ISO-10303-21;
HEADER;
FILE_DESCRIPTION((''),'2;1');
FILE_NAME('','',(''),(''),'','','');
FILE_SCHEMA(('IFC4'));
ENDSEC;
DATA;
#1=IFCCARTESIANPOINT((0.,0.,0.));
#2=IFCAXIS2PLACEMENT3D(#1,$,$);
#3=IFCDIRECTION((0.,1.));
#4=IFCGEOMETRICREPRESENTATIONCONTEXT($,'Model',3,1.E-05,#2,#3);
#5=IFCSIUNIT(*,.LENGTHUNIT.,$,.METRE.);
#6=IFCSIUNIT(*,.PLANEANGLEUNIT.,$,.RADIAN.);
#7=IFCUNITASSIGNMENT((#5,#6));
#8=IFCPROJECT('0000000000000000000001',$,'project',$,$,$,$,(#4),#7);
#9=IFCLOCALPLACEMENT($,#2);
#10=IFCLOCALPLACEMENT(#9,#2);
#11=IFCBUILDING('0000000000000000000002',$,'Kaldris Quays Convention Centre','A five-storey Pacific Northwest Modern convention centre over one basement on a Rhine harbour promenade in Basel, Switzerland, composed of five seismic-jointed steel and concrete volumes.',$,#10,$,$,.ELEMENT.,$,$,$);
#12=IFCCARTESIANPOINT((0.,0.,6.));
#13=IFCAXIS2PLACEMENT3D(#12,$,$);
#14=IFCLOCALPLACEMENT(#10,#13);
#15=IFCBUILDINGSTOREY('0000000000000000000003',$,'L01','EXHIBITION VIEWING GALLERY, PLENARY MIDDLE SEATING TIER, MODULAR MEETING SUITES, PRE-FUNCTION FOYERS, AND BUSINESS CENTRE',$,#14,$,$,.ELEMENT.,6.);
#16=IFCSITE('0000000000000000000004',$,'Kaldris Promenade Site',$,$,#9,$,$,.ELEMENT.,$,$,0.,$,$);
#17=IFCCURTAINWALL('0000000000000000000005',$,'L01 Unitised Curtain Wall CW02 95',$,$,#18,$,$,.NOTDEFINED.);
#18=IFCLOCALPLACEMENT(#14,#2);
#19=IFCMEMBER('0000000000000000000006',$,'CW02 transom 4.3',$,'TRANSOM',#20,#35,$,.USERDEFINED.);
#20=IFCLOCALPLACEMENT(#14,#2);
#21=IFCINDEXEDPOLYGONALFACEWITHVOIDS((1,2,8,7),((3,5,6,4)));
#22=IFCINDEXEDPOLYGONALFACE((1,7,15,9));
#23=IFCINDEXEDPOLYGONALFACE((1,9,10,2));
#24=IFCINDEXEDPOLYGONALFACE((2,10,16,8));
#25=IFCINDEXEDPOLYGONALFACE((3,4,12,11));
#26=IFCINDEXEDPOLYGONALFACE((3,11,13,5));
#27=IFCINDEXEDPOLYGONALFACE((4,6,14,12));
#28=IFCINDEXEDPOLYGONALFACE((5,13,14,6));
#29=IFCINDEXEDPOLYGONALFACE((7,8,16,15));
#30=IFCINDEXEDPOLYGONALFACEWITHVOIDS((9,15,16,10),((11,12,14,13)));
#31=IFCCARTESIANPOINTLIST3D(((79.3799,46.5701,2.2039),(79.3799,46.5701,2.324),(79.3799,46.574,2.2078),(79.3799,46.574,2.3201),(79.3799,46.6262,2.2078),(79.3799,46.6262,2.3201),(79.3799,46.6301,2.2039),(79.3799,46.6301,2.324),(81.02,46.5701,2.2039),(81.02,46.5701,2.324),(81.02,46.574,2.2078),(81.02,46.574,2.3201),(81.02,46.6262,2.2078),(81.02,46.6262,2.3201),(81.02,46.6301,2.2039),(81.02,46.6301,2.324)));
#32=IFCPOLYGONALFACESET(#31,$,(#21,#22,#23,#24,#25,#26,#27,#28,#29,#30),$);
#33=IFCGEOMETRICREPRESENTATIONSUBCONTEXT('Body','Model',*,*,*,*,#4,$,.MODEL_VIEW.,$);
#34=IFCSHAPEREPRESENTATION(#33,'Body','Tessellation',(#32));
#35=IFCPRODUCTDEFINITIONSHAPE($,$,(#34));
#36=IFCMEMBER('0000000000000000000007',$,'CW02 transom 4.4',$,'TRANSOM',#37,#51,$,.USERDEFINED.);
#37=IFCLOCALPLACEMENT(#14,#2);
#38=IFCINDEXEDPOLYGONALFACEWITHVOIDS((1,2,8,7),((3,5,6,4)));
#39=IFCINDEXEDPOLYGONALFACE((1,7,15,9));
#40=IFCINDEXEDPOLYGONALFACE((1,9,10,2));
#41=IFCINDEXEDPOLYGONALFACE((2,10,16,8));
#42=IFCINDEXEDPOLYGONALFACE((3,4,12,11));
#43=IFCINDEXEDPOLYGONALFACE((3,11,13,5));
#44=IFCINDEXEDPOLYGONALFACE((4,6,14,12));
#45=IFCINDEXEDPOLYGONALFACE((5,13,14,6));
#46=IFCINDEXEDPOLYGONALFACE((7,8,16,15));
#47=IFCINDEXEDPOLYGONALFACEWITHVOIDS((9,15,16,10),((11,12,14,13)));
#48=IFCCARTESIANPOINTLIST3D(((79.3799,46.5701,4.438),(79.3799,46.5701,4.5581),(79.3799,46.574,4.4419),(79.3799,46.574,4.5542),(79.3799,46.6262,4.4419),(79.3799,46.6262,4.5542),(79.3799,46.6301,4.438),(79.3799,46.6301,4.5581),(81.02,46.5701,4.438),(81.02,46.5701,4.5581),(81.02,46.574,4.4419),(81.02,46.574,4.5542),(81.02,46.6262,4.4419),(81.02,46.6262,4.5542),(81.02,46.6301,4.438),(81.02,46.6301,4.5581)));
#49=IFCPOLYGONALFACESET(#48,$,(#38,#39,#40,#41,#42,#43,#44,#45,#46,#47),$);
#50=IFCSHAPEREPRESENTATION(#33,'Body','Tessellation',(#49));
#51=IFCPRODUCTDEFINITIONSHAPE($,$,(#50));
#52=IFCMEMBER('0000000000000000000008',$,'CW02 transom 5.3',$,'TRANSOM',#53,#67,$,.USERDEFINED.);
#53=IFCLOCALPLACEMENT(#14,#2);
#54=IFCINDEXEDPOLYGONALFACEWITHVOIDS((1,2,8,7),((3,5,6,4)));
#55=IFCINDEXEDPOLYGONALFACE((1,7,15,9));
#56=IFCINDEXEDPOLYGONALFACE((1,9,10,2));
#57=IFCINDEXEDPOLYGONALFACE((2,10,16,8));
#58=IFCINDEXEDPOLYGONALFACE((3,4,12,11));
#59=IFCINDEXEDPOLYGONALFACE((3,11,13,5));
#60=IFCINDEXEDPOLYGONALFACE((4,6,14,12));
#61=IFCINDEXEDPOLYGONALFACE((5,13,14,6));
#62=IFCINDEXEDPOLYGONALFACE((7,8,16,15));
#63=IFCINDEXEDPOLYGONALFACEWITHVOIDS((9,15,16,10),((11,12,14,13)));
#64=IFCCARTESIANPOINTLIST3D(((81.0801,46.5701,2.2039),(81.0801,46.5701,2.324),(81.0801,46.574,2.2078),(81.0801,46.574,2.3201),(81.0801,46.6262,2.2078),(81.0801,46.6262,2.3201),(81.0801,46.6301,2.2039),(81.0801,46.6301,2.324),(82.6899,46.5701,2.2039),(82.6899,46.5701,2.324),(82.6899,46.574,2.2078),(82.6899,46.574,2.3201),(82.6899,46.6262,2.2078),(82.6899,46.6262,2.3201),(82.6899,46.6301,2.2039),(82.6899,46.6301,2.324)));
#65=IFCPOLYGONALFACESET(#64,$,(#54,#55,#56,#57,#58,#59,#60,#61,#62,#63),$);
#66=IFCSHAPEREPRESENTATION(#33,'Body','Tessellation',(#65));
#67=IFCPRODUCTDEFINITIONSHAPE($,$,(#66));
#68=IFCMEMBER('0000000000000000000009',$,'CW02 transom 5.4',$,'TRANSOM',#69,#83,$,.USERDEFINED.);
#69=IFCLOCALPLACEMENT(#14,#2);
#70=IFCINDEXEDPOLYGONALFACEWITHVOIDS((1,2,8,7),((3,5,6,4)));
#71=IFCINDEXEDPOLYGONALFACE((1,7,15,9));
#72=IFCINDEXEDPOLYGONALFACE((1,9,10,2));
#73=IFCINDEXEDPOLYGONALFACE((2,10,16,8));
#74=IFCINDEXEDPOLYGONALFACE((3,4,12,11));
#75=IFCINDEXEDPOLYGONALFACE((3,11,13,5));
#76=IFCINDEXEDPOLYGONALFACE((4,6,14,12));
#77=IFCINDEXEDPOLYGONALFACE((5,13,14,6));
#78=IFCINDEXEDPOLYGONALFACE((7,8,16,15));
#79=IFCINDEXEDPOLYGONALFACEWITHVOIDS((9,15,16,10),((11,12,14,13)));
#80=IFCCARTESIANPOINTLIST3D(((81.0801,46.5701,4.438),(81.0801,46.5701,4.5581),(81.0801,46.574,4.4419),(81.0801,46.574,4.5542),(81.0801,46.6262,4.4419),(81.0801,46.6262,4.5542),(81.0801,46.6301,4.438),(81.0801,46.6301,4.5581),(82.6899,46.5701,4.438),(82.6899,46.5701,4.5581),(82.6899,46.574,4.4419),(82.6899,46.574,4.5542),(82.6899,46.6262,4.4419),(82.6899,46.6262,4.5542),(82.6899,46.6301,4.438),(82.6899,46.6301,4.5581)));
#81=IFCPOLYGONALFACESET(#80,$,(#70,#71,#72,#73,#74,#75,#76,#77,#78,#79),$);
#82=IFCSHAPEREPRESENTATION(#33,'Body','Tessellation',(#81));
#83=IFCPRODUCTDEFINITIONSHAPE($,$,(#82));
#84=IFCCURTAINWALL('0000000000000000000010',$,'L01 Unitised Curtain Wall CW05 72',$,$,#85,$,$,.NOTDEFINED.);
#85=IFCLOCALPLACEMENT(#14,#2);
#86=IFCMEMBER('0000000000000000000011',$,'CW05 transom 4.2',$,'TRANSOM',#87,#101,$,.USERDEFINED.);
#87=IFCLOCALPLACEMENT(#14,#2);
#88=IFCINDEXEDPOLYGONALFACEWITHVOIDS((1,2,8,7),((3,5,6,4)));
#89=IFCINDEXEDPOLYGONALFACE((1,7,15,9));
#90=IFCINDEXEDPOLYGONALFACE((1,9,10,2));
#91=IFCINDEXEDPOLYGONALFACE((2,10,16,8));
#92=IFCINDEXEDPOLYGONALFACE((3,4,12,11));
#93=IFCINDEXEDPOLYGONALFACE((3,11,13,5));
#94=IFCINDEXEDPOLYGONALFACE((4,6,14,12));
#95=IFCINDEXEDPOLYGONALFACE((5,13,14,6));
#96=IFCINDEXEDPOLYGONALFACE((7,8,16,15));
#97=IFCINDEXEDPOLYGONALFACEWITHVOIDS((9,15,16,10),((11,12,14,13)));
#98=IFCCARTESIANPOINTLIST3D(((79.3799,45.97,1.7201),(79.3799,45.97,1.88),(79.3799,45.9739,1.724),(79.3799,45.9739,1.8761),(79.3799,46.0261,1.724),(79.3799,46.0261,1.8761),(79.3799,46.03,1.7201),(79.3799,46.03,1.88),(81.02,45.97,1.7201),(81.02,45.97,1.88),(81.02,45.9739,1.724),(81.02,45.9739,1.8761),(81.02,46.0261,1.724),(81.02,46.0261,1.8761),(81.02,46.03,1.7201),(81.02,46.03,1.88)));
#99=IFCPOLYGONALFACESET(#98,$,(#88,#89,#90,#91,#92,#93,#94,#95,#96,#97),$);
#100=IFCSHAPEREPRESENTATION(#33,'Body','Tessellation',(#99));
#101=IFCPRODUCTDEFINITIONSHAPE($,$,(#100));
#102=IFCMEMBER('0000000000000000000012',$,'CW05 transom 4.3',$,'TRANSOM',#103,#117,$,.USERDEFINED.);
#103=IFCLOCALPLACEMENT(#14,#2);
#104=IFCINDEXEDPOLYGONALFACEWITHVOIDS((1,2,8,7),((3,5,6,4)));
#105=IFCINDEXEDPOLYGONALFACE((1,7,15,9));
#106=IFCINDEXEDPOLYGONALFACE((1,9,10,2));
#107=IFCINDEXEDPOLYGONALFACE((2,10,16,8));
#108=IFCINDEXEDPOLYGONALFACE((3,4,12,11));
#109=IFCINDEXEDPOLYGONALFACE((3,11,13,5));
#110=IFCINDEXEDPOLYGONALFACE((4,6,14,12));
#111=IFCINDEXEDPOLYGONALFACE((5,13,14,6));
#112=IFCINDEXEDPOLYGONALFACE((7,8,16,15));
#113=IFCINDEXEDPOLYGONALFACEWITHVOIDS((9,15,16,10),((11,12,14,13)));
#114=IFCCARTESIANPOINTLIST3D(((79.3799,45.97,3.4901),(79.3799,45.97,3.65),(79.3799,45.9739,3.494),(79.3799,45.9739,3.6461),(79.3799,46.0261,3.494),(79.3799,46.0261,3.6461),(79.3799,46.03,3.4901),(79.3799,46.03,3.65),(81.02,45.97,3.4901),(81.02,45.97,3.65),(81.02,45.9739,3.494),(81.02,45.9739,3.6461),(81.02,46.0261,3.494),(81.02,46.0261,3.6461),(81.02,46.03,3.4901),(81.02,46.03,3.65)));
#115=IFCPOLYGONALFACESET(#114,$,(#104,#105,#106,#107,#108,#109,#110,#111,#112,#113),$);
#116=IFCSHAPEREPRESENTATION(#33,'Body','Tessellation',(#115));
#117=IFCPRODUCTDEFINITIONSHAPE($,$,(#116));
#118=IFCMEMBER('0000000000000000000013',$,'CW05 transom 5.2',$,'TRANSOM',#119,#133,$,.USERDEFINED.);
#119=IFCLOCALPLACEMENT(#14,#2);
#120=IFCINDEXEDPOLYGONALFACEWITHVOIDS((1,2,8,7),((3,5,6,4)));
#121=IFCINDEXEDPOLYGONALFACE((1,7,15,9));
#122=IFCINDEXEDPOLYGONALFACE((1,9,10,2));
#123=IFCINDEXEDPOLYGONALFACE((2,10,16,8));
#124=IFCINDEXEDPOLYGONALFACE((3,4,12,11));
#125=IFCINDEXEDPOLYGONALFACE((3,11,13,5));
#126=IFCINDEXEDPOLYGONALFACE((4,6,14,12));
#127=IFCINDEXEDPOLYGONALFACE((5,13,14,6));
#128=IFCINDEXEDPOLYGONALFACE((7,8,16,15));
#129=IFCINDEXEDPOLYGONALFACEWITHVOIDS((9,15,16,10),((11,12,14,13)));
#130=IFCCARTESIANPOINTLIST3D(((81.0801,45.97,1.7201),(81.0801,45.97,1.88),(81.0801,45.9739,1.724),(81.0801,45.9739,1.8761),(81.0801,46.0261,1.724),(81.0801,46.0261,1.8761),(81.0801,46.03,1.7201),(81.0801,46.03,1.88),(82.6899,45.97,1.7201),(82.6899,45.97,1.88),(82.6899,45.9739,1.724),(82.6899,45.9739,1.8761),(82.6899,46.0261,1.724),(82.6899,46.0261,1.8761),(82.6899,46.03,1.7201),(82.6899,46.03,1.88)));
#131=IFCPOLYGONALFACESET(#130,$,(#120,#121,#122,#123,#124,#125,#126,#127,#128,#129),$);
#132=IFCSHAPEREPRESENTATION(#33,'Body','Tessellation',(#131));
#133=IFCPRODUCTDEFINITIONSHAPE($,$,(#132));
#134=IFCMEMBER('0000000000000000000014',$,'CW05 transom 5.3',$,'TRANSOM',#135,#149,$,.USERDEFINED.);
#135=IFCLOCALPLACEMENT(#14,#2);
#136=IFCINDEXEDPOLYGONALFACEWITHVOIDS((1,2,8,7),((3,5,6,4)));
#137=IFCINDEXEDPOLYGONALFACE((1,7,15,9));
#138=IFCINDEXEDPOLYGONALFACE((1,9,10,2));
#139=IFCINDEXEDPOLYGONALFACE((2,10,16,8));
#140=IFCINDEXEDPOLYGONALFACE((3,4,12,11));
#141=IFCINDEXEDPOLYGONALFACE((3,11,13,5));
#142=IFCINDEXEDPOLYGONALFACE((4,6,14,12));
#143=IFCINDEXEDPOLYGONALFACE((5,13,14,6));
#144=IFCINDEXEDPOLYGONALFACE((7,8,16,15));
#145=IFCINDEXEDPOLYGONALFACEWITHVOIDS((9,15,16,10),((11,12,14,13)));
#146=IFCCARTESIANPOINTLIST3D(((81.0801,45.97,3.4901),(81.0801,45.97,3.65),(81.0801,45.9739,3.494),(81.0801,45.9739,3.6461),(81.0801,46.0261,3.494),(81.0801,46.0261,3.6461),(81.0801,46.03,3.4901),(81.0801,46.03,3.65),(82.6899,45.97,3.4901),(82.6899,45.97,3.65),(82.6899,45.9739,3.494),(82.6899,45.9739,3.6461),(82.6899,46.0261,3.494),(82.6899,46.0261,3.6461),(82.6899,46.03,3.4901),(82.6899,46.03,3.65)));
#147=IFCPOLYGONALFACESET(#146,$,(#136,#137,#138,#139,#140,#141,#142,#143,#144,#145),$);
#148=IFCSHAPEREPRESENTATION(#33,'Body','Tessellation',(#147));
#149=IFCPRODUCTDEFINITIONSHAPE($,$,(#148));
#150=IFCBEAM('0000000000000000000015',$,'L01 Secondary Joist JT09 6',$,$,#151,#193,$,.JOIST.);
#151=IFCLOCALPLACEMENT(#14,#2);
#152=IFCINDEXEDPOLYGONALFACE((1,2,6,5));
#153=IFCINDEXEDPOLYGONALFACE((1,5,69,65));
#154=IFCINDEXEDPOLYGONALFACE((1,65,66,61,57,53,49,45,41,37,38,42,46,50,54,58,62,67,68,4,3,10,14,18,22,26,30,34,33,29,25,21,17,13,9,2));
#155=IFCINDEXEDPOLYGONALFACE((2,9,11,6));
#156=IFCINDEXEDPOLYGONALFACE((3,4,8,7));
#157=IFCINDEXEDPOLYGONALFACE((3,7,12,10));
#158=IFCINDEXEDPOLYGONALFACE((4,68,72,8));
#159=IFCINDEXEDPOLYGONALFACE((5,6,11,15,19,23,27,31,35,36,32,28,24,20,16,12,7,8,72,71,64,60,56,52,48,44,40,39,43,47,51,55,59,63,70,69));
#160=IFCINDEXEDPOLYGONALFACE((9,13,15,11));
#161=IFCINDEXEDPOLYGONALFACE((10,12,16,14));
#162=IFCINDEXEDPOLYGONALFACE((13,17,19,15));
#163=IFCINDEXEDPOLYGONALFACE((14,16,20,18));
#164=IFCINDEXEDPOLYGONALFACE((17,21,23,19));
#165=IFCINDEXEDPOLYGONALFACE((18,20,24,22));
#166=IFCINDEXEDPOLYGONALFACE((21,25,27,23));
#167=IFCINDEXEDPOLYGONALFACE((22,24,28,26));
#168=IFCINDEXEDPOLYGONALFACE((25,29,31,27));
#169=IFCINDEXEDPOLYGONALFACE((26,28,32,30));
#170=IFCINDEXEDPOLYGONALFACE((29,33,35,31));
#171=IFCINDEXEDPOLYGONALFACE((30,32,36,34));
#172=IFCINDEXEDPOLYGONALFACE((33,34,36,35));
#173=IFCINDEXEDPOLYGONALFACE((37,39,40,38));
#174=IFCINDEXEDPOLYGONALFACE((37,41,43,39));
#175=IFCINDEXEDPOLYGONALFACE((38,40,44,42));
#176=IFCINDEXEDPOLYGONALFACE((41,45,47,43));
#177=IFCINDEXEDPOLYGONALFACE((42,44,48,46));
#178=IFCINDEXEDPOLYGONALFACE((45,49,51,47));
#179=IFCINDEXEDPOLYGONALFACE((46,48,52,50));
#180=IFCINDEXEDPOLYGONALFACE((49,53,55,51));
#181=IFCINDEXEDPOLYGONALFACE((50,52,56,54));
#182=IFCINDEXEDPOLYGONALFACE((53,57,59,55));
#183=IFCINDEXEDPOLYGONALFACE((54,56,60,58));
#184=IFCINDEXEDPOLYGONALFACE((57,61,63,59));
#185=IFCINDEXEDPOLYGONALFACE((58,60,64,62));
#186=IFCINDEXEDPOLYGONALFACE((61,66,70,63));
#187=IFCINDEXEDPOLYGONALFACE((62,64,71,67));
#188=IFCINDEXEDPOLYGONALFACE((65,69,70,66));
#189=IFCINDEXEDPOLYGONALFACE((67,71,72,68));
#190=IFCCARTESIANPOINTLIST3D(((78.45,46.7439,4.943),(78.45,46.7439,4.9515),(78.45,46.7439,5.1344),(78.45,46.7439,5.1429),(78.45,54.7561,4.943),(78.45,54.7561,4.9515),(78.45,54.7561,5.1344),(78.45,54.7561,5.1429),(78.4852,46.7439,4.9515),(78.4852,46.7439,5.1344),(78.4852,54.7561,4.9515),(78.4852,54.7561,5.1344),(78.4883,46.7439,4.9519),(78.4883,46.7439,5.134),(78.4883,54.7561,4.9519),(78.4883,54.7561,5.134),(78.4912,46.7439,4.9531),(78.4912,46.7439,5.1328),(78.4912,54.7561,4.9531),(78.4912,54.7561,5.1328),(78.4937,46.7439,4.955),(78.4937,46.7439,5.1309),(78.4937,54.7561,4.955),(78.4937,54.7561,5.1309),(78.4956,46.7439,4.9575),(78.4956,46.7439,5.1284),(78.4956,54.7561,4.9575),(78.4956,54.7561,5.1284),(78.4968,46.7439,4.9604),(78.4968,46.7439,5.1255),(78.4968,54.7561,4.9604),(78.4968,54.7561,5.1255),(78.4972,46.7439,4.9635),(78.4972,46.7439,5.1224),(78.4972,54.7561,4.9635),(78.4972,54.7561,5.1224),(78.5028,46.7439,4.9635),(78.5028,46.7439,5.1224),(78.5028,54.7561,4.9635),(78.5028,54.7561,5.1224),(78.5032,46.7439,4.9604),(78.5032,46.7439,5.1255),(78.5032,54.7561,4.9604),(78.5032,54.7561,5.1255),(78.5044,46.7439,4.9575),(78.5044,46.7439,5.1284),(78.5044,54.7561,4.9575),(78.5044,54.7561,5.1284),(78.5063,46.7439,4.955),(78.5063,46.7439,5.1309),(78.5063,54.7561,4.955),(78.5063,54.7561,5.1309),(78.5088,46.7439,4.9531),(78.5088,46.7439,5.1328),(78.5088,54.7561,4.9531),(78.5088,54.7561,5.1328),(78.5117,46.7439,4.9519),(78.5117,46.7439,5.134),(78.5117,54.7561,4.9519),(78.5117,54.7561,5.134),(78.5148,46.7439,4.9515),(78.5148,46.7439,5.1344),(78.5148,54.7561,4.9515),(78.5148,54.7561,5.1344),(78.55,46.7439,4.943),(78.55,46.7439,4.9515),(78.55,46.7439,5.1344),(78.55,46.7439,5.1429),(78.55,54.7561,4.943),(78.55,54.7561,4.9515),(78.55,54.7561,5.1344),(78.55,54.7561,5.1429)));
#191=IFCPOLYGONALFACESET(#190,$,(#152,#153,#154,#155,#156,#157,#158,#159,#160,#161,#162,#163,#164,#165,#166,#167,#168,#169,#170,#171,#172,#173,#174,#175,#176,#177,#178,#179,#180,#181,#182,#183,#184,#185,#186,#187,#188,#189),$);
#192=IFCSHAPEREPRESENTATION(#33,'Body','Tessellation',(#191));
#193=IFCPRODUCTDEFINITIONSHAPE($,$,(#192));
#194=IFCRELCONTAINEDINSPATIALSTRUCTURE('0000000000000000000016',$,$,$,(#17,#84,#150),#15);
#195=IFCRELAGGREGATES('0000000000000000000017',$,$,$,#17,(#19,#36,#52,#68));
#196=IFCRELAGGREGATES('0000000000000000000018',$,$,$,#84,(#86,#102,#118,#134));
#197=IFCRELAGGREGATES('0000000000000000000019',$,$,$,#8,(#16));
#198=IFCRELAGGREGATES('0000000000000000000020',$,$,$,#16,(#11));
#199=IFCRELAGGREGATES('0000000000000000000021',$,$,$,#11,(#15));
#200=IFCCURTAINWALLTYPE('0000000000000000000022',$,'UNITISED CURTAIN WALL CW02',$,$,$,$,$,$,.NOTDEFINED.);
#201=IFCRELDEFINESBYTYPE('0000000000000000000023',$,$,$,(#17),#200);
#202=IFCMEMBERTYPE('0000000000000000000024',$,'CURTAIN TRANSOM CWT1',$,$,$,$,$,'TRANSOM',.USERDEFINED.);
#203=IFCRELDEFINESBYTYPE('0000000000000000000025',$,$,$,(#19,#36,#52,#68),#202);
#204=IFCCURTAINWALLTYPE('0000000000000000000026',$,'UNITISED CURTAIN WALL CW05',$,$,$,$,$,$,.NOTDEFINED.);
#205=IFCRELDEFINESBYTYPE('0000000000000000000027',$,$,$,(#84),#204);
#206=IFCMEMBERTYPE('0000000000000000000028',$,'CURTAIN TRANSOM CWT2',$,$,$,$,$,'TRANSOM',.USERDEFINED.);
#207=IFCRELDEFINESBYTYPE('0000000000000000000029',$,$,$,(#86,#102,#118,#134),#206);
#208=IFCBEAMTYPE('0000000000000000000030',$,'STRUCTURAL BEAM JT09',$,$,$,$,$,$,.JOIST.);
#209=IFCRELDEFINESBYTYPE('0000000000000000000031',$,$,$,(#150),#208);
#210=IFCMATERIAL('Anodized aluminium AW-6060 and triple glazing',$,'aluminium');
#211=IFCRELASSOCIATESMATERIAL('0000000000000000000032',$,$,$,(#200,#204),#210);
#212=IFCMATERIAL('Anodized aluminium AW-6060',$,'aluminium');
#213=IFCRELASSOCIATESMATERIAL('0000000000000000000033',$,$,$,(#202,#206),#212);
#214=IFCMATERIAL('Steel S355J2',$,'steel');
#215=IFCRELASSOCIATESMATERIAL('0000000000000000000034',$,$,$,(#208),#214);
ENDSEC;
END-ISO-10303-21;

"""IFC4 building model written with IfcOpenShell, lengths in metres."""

from ifc_helpers import new_model, si_unit, direction, frame, origin, origin_2d, place, context, subcontext, project, spatial, hollow_rectangle, i_section, extrude, material, material_profile, profile_set, type_object, element, aggregate, save


model = new_model("IFC4")

# Units and contexts
model_context = context("Model", 3, precision=1e-05, world=origin(), true_north=direction((0.0, 1.0)))
body_context = subcontext(model_context, "Body", "Model", "MODEL_VIEW")
ifc_project = project(units=[si_unit("LENGTHUNIT", "METRE"), si_unit("PLANEANGLEUNIT", "RADIAN")], contexts=[model_context])

# Site, building, storey
site_placement = place(None, origin())
site = spatial("IfcSite", under=ifc_project, at=site_placement, Name="Kaldris Promenade Site", CompositionType="ELEMENT", RefElevation=0.0)
building_placement = place(site_placement, origin())
building = spatial("IfcBuilding", under=site, at=building_placement, Name="Kaldris Quays Convention Centre", Description="A five-storey Pacific Northwest Modern convention centre over one basement on a Rhine harbour promenade in Basel, Switzerland, composed of five seismic-jointed steel and concrete volumes.", CompositionType="ELEMENT")
storey_placement = place(building_placement, frame((0.0, 0.0, 6.0)))
storey = spatial("IfcBuildingStorey", under=building, at=storey_placement, Name="L01", Description="EXHIBITION VIEWING GALLERY, PLENARY MIDDLE SEATING TIER, MODULAR MEETING SUITES, PRE-FUNCTION FOYERS, AND BUSINESS CENTRE", CompositionType="ELEMENT", Elevation=6.0)

# Curtain walls, members
ifc_material_1 = material(Name="Anodized aluminium AW-6060 and triple glazing", Category="aluminium")
curtain_wall_type_1 = type_object("IfcCurtainWallType", Name="UNITISED CURTAIN WALL CW02", PredefinedType="NOTDEFINED", material=ifc_material_1)
curtain_wall_1_placement = place(storey_placement, origin())
curtain_wall_1 = element("IfcCurtainWall", 1, at=curtain_wall_1_placement, inside=storey, type_object=curtain_wall_type_1, Name="L01 Unitised Curtain Wall CW02 95", PredefinedType="NOTDEFINED")
ifc_material_2 = material(Name="Anodized aluminium AW-6060", Category="aluminium")
ifc_material_profile_1 = material_profile(ifc_material_2, hollow_rectangle(XDim=0.0601, YDim=0.1201, WallThickness=0.0039, at=origin_2d()), Name="RHS 120x60x4")
ifc_profile_set_1 = profile_set([ifc_material_profile_1], Name="Anodized aluminium AW-6060")
member_type_1 = type_object("IfcMemberType", Name="CURTAIN TRANSOM CWT1", ElementType="TRANSOM", PredefinedType="USERDEFINED", material=ifc_profile_set_1)
member_1_placement = place(storey_placement, frame((79.3799, 46.6001, 2.2639), z_axis=(1.0, 0.0, 0.0), x_axis=(0.0, 1.0, 0.0)))
member_1 = element("IfcMember", 2, at=member_1_placement, type_object=member_type_1, Name="CW02 transom 4.3", ObjectType="TRANSOM", PredefinedType="USERDEFINED", context=body_context, shape_type="SweptSolid", body=[
    extrude(hollow_rectangle(XDim=0.0601, YDim=0.1201, WallThickness=0.0039, at=origin_2d()), origin(), (0.0, 0.0, 1.0), 1.6401),
])
member_2_placement = place(storey_placement, frame((79.3799, 46.6001, 4.498), z_axis=(1.0, 0.0, 0.0), x_axis=(0.0, 1.0, 0.0)))
member_2 = element("IfcMember", 3, at=member_2_placement, type_object=member_type_1, Name="CW02 transom 4.4", ObjectType="TRANSOM", PredefinedType="USERDEFINED", context=body_context, shape_type="SweptSolid", body=[
    extrude(hollow_rectangle(XDim=0.0601, YDim=0.1201, WallThickness=0.0039, at=origin_2d()), origin(), (0.0, 0.0, 1.0), 1.6401),
])
member_3_placement = place(storey_placement, frame((81.0801, 46.6001, 2.2639), z_axis=(1.0, 0.0, 0.0), x_axis=(0.0, 1.0, 0.0)))
member_3 = element("IfcMember", 4, at=member_3_placement, type_object=member_type_1, Name="CW02 transom 5.3", ObjectType="TRANSOM", PredefinedType="USERDEFINED", context=body_context, shape_type="SweptSolid", body=[
    extrude(hollow_rectangle(XDim=0.0601, YDim=0.1201, WallThickness=0.0039, at=origin_2d()), origin(), (0.0, 0.0, 1.0), 1.6099),
])
member_4_placement = place(storey_placement, frame((81.0801, 46.6001, 4.498), z_axis=(1.0, 0.0, 0.0), x_axis=(0.0, 1.0, 0.0)))
member_4 = element("IfcMember", 5, at=member_4_placement, type_object=member_type_1, Name="CW02 transom 5.4", ObjectType="TRANSOM", PredefinedType="USERDEFINED", context=body_context, shape_type="SweptSolid", body=[
    extrude(hollow_rectangle(XDim=0.0601, YDim=0.1201, WallThickness=0.0039, at=origin_2d()), origin(), (0.0, 0.0, 1.0), 1.6099),
])
curtain_wall_type_2 = type_object("IfcCurtainWallType", Name="UNITISED CURTAIN WALL CW05", PredefinedType="NOTDEFINED", material=ifc_material_1)
curtain_wall_2_placement = place(storey_placement, origin())
curtain_wall_2 = element("IfcCurtainWall", 6, at=curtain_wall_2_placement, inside=storey, type_object=curtain_wall_type_2, Name="L01 Unitised Curtain Wall CW05 72", PredefinedType="NOTDEFINED")
ifc_material_profile_2 = material_profile(ifc_material_2, hollow_rectangle(XDim=0.0601, YDim=0.1599, WallThickness=0.0039, at=origin_2d()), Name="RHS 160x60x4")
ifc_profile_set_2 = profile_set([ifc_material_profile_2], Name="Anodized aluminium AW-6060")
member_type_2 = type_object("IfcMemberType", Name="CURTAIN TRANSOM CWT2", ElementType="TRANSOM", PredefinedType="USERDEFINED", material=ifc_profile_set_2)
member_5_placement = place(storey_placement, frame((79.3799, 46.0, 1.8), z_axis=(1.0, 0.0, 0.0), x_axis=(0.0, 1.0, 0.0)))
member_5 = element("IfcMember", 7, at=member_5_placement, type_object=member_type_2, Name="CW05 transom 4.2", ObjectType="TRANSOM", PredefinedType="USERDEFINED", context=body_context, shape_type="SweptSolid", body=[
    extrude(hollow_rectangle(XDim=0.0601, YDim=0.1599, WallThickness=0.0039, at=origin_2d()), origin(), (0.0, 0.0, 1.0), 1.6401),
])
member_6_placement = place(storey_placement, frame((79.3799, 46.0, 3.5701), z_axis=(1.0, 0.0, 0.0), x_axis=(0.0, 1.0, 0.0)))
member_6 = element("IfcMember", 8, at=member_6_placement, type_object=member_type_2, Name="CW05 transom 4.3", ObjectType="TRANSOM", PredefinedType="USERDEFINED", context=body_context, shape_type="SweptSolid", body=[
    extrude(hollow_rectangle(XDim=0.0601, YDim=0.1599, WallThickness=0.0039, at=origin_2d()), origin(), (0.0, 0.0, 1.0), 1.6401),
])
member_7_placement = place(storey_placement, frame((81.0801, 46.0, 1.8), z_axis=(1.0, 0.0, 0.0), x_axis=(0.0, 1.0, 0.0)))
member_7 = element("IfcMember", 9, at=member_7_placement, type_object=member_type_2, Name="CW05 transom 5.2", ObjectType="TRANSOM", PredefinedType="USERDEFINED", context=body_context, shape_type="SweptSolid", body=[
    extrude(hollow_rectangle(XDim=0.0601, YDim=0.1599, WallThickness=0.0039, at=origin_2d()), origin(), (0.0, 0.0, 1.0), 1.6099),
])
member_8_placement = place(storey_placement, frame((81.0801, 46.0, 3.5701), z_axis=(1.0, 0.0, 0.0), x_axis=(0.0, 1.0, 0.0)))
member_8 = element("IfcMember", 10, at=member_8_placement, type_object=member_type_2, Name="CW05 transom 5.3", ObjectType="TRANSOM", PredefinedType="USERDEFINED", context=body_context, shape_type="SweptSolid", body=[
    extrude(hollow_rectangle(XDim=0.0601, YDim=0.1599, WallThickness=0.0039, at=origin_2d()), origin(), (0.0, 0.0, 1.0), 1.6099),
])

# Beam
ifc_material_3 = material(Name="Steel S355J2", Category="steel")
ifc_material_profile_3 = material_profile(ifc_material_3, i_section(OverallWidth=0.1001, OverallDepth=0.2, WebThickness=0.0056, FlangeThickness=0.0085, FilletRadius=0.012, at=origin_2d()), Name="IPE 200")
ifc_profile_set_3 = profile_set([ifc_material_profile_3], Name="Steel S355J2")
beam_type = type_object("IfcBeamType", Name="STRUCTURAL BEAM JT09", PredefinedType="JOIST", material=ifc_profile_set_3)
beam_placement = place(storey_placement, frame((78.5, 46.7439, 5.043), z_axis=(0.0, 1.0, 0.0), x_axis=(-1.0, 0.0, 0.0)))
element("IfcBeam", 11, at=beam_placement, inside=storey, type_object=beam_type, Name="L01 Secondary Joist JT09 6", PredefinedType="JOIST", context=body_context, shape_type="SweptSolid", body=[
    extrude(i_section(OverallWidth=0.1001, OverallDepth=0.2, WebThickness=0.0056, FlangeThickness=0.0085, FilletRadius=0.012, at=origin_2d()), origin(), (0.0, 0.0, 1.0), 8.0122),
])

aggregate(curtain_wall_1, [member_1, member_2, member_3, member_4])
aggregate(curtain_wall_2, [member_5, member_6, member_7, member_8])

save(model, "model.ifc")
